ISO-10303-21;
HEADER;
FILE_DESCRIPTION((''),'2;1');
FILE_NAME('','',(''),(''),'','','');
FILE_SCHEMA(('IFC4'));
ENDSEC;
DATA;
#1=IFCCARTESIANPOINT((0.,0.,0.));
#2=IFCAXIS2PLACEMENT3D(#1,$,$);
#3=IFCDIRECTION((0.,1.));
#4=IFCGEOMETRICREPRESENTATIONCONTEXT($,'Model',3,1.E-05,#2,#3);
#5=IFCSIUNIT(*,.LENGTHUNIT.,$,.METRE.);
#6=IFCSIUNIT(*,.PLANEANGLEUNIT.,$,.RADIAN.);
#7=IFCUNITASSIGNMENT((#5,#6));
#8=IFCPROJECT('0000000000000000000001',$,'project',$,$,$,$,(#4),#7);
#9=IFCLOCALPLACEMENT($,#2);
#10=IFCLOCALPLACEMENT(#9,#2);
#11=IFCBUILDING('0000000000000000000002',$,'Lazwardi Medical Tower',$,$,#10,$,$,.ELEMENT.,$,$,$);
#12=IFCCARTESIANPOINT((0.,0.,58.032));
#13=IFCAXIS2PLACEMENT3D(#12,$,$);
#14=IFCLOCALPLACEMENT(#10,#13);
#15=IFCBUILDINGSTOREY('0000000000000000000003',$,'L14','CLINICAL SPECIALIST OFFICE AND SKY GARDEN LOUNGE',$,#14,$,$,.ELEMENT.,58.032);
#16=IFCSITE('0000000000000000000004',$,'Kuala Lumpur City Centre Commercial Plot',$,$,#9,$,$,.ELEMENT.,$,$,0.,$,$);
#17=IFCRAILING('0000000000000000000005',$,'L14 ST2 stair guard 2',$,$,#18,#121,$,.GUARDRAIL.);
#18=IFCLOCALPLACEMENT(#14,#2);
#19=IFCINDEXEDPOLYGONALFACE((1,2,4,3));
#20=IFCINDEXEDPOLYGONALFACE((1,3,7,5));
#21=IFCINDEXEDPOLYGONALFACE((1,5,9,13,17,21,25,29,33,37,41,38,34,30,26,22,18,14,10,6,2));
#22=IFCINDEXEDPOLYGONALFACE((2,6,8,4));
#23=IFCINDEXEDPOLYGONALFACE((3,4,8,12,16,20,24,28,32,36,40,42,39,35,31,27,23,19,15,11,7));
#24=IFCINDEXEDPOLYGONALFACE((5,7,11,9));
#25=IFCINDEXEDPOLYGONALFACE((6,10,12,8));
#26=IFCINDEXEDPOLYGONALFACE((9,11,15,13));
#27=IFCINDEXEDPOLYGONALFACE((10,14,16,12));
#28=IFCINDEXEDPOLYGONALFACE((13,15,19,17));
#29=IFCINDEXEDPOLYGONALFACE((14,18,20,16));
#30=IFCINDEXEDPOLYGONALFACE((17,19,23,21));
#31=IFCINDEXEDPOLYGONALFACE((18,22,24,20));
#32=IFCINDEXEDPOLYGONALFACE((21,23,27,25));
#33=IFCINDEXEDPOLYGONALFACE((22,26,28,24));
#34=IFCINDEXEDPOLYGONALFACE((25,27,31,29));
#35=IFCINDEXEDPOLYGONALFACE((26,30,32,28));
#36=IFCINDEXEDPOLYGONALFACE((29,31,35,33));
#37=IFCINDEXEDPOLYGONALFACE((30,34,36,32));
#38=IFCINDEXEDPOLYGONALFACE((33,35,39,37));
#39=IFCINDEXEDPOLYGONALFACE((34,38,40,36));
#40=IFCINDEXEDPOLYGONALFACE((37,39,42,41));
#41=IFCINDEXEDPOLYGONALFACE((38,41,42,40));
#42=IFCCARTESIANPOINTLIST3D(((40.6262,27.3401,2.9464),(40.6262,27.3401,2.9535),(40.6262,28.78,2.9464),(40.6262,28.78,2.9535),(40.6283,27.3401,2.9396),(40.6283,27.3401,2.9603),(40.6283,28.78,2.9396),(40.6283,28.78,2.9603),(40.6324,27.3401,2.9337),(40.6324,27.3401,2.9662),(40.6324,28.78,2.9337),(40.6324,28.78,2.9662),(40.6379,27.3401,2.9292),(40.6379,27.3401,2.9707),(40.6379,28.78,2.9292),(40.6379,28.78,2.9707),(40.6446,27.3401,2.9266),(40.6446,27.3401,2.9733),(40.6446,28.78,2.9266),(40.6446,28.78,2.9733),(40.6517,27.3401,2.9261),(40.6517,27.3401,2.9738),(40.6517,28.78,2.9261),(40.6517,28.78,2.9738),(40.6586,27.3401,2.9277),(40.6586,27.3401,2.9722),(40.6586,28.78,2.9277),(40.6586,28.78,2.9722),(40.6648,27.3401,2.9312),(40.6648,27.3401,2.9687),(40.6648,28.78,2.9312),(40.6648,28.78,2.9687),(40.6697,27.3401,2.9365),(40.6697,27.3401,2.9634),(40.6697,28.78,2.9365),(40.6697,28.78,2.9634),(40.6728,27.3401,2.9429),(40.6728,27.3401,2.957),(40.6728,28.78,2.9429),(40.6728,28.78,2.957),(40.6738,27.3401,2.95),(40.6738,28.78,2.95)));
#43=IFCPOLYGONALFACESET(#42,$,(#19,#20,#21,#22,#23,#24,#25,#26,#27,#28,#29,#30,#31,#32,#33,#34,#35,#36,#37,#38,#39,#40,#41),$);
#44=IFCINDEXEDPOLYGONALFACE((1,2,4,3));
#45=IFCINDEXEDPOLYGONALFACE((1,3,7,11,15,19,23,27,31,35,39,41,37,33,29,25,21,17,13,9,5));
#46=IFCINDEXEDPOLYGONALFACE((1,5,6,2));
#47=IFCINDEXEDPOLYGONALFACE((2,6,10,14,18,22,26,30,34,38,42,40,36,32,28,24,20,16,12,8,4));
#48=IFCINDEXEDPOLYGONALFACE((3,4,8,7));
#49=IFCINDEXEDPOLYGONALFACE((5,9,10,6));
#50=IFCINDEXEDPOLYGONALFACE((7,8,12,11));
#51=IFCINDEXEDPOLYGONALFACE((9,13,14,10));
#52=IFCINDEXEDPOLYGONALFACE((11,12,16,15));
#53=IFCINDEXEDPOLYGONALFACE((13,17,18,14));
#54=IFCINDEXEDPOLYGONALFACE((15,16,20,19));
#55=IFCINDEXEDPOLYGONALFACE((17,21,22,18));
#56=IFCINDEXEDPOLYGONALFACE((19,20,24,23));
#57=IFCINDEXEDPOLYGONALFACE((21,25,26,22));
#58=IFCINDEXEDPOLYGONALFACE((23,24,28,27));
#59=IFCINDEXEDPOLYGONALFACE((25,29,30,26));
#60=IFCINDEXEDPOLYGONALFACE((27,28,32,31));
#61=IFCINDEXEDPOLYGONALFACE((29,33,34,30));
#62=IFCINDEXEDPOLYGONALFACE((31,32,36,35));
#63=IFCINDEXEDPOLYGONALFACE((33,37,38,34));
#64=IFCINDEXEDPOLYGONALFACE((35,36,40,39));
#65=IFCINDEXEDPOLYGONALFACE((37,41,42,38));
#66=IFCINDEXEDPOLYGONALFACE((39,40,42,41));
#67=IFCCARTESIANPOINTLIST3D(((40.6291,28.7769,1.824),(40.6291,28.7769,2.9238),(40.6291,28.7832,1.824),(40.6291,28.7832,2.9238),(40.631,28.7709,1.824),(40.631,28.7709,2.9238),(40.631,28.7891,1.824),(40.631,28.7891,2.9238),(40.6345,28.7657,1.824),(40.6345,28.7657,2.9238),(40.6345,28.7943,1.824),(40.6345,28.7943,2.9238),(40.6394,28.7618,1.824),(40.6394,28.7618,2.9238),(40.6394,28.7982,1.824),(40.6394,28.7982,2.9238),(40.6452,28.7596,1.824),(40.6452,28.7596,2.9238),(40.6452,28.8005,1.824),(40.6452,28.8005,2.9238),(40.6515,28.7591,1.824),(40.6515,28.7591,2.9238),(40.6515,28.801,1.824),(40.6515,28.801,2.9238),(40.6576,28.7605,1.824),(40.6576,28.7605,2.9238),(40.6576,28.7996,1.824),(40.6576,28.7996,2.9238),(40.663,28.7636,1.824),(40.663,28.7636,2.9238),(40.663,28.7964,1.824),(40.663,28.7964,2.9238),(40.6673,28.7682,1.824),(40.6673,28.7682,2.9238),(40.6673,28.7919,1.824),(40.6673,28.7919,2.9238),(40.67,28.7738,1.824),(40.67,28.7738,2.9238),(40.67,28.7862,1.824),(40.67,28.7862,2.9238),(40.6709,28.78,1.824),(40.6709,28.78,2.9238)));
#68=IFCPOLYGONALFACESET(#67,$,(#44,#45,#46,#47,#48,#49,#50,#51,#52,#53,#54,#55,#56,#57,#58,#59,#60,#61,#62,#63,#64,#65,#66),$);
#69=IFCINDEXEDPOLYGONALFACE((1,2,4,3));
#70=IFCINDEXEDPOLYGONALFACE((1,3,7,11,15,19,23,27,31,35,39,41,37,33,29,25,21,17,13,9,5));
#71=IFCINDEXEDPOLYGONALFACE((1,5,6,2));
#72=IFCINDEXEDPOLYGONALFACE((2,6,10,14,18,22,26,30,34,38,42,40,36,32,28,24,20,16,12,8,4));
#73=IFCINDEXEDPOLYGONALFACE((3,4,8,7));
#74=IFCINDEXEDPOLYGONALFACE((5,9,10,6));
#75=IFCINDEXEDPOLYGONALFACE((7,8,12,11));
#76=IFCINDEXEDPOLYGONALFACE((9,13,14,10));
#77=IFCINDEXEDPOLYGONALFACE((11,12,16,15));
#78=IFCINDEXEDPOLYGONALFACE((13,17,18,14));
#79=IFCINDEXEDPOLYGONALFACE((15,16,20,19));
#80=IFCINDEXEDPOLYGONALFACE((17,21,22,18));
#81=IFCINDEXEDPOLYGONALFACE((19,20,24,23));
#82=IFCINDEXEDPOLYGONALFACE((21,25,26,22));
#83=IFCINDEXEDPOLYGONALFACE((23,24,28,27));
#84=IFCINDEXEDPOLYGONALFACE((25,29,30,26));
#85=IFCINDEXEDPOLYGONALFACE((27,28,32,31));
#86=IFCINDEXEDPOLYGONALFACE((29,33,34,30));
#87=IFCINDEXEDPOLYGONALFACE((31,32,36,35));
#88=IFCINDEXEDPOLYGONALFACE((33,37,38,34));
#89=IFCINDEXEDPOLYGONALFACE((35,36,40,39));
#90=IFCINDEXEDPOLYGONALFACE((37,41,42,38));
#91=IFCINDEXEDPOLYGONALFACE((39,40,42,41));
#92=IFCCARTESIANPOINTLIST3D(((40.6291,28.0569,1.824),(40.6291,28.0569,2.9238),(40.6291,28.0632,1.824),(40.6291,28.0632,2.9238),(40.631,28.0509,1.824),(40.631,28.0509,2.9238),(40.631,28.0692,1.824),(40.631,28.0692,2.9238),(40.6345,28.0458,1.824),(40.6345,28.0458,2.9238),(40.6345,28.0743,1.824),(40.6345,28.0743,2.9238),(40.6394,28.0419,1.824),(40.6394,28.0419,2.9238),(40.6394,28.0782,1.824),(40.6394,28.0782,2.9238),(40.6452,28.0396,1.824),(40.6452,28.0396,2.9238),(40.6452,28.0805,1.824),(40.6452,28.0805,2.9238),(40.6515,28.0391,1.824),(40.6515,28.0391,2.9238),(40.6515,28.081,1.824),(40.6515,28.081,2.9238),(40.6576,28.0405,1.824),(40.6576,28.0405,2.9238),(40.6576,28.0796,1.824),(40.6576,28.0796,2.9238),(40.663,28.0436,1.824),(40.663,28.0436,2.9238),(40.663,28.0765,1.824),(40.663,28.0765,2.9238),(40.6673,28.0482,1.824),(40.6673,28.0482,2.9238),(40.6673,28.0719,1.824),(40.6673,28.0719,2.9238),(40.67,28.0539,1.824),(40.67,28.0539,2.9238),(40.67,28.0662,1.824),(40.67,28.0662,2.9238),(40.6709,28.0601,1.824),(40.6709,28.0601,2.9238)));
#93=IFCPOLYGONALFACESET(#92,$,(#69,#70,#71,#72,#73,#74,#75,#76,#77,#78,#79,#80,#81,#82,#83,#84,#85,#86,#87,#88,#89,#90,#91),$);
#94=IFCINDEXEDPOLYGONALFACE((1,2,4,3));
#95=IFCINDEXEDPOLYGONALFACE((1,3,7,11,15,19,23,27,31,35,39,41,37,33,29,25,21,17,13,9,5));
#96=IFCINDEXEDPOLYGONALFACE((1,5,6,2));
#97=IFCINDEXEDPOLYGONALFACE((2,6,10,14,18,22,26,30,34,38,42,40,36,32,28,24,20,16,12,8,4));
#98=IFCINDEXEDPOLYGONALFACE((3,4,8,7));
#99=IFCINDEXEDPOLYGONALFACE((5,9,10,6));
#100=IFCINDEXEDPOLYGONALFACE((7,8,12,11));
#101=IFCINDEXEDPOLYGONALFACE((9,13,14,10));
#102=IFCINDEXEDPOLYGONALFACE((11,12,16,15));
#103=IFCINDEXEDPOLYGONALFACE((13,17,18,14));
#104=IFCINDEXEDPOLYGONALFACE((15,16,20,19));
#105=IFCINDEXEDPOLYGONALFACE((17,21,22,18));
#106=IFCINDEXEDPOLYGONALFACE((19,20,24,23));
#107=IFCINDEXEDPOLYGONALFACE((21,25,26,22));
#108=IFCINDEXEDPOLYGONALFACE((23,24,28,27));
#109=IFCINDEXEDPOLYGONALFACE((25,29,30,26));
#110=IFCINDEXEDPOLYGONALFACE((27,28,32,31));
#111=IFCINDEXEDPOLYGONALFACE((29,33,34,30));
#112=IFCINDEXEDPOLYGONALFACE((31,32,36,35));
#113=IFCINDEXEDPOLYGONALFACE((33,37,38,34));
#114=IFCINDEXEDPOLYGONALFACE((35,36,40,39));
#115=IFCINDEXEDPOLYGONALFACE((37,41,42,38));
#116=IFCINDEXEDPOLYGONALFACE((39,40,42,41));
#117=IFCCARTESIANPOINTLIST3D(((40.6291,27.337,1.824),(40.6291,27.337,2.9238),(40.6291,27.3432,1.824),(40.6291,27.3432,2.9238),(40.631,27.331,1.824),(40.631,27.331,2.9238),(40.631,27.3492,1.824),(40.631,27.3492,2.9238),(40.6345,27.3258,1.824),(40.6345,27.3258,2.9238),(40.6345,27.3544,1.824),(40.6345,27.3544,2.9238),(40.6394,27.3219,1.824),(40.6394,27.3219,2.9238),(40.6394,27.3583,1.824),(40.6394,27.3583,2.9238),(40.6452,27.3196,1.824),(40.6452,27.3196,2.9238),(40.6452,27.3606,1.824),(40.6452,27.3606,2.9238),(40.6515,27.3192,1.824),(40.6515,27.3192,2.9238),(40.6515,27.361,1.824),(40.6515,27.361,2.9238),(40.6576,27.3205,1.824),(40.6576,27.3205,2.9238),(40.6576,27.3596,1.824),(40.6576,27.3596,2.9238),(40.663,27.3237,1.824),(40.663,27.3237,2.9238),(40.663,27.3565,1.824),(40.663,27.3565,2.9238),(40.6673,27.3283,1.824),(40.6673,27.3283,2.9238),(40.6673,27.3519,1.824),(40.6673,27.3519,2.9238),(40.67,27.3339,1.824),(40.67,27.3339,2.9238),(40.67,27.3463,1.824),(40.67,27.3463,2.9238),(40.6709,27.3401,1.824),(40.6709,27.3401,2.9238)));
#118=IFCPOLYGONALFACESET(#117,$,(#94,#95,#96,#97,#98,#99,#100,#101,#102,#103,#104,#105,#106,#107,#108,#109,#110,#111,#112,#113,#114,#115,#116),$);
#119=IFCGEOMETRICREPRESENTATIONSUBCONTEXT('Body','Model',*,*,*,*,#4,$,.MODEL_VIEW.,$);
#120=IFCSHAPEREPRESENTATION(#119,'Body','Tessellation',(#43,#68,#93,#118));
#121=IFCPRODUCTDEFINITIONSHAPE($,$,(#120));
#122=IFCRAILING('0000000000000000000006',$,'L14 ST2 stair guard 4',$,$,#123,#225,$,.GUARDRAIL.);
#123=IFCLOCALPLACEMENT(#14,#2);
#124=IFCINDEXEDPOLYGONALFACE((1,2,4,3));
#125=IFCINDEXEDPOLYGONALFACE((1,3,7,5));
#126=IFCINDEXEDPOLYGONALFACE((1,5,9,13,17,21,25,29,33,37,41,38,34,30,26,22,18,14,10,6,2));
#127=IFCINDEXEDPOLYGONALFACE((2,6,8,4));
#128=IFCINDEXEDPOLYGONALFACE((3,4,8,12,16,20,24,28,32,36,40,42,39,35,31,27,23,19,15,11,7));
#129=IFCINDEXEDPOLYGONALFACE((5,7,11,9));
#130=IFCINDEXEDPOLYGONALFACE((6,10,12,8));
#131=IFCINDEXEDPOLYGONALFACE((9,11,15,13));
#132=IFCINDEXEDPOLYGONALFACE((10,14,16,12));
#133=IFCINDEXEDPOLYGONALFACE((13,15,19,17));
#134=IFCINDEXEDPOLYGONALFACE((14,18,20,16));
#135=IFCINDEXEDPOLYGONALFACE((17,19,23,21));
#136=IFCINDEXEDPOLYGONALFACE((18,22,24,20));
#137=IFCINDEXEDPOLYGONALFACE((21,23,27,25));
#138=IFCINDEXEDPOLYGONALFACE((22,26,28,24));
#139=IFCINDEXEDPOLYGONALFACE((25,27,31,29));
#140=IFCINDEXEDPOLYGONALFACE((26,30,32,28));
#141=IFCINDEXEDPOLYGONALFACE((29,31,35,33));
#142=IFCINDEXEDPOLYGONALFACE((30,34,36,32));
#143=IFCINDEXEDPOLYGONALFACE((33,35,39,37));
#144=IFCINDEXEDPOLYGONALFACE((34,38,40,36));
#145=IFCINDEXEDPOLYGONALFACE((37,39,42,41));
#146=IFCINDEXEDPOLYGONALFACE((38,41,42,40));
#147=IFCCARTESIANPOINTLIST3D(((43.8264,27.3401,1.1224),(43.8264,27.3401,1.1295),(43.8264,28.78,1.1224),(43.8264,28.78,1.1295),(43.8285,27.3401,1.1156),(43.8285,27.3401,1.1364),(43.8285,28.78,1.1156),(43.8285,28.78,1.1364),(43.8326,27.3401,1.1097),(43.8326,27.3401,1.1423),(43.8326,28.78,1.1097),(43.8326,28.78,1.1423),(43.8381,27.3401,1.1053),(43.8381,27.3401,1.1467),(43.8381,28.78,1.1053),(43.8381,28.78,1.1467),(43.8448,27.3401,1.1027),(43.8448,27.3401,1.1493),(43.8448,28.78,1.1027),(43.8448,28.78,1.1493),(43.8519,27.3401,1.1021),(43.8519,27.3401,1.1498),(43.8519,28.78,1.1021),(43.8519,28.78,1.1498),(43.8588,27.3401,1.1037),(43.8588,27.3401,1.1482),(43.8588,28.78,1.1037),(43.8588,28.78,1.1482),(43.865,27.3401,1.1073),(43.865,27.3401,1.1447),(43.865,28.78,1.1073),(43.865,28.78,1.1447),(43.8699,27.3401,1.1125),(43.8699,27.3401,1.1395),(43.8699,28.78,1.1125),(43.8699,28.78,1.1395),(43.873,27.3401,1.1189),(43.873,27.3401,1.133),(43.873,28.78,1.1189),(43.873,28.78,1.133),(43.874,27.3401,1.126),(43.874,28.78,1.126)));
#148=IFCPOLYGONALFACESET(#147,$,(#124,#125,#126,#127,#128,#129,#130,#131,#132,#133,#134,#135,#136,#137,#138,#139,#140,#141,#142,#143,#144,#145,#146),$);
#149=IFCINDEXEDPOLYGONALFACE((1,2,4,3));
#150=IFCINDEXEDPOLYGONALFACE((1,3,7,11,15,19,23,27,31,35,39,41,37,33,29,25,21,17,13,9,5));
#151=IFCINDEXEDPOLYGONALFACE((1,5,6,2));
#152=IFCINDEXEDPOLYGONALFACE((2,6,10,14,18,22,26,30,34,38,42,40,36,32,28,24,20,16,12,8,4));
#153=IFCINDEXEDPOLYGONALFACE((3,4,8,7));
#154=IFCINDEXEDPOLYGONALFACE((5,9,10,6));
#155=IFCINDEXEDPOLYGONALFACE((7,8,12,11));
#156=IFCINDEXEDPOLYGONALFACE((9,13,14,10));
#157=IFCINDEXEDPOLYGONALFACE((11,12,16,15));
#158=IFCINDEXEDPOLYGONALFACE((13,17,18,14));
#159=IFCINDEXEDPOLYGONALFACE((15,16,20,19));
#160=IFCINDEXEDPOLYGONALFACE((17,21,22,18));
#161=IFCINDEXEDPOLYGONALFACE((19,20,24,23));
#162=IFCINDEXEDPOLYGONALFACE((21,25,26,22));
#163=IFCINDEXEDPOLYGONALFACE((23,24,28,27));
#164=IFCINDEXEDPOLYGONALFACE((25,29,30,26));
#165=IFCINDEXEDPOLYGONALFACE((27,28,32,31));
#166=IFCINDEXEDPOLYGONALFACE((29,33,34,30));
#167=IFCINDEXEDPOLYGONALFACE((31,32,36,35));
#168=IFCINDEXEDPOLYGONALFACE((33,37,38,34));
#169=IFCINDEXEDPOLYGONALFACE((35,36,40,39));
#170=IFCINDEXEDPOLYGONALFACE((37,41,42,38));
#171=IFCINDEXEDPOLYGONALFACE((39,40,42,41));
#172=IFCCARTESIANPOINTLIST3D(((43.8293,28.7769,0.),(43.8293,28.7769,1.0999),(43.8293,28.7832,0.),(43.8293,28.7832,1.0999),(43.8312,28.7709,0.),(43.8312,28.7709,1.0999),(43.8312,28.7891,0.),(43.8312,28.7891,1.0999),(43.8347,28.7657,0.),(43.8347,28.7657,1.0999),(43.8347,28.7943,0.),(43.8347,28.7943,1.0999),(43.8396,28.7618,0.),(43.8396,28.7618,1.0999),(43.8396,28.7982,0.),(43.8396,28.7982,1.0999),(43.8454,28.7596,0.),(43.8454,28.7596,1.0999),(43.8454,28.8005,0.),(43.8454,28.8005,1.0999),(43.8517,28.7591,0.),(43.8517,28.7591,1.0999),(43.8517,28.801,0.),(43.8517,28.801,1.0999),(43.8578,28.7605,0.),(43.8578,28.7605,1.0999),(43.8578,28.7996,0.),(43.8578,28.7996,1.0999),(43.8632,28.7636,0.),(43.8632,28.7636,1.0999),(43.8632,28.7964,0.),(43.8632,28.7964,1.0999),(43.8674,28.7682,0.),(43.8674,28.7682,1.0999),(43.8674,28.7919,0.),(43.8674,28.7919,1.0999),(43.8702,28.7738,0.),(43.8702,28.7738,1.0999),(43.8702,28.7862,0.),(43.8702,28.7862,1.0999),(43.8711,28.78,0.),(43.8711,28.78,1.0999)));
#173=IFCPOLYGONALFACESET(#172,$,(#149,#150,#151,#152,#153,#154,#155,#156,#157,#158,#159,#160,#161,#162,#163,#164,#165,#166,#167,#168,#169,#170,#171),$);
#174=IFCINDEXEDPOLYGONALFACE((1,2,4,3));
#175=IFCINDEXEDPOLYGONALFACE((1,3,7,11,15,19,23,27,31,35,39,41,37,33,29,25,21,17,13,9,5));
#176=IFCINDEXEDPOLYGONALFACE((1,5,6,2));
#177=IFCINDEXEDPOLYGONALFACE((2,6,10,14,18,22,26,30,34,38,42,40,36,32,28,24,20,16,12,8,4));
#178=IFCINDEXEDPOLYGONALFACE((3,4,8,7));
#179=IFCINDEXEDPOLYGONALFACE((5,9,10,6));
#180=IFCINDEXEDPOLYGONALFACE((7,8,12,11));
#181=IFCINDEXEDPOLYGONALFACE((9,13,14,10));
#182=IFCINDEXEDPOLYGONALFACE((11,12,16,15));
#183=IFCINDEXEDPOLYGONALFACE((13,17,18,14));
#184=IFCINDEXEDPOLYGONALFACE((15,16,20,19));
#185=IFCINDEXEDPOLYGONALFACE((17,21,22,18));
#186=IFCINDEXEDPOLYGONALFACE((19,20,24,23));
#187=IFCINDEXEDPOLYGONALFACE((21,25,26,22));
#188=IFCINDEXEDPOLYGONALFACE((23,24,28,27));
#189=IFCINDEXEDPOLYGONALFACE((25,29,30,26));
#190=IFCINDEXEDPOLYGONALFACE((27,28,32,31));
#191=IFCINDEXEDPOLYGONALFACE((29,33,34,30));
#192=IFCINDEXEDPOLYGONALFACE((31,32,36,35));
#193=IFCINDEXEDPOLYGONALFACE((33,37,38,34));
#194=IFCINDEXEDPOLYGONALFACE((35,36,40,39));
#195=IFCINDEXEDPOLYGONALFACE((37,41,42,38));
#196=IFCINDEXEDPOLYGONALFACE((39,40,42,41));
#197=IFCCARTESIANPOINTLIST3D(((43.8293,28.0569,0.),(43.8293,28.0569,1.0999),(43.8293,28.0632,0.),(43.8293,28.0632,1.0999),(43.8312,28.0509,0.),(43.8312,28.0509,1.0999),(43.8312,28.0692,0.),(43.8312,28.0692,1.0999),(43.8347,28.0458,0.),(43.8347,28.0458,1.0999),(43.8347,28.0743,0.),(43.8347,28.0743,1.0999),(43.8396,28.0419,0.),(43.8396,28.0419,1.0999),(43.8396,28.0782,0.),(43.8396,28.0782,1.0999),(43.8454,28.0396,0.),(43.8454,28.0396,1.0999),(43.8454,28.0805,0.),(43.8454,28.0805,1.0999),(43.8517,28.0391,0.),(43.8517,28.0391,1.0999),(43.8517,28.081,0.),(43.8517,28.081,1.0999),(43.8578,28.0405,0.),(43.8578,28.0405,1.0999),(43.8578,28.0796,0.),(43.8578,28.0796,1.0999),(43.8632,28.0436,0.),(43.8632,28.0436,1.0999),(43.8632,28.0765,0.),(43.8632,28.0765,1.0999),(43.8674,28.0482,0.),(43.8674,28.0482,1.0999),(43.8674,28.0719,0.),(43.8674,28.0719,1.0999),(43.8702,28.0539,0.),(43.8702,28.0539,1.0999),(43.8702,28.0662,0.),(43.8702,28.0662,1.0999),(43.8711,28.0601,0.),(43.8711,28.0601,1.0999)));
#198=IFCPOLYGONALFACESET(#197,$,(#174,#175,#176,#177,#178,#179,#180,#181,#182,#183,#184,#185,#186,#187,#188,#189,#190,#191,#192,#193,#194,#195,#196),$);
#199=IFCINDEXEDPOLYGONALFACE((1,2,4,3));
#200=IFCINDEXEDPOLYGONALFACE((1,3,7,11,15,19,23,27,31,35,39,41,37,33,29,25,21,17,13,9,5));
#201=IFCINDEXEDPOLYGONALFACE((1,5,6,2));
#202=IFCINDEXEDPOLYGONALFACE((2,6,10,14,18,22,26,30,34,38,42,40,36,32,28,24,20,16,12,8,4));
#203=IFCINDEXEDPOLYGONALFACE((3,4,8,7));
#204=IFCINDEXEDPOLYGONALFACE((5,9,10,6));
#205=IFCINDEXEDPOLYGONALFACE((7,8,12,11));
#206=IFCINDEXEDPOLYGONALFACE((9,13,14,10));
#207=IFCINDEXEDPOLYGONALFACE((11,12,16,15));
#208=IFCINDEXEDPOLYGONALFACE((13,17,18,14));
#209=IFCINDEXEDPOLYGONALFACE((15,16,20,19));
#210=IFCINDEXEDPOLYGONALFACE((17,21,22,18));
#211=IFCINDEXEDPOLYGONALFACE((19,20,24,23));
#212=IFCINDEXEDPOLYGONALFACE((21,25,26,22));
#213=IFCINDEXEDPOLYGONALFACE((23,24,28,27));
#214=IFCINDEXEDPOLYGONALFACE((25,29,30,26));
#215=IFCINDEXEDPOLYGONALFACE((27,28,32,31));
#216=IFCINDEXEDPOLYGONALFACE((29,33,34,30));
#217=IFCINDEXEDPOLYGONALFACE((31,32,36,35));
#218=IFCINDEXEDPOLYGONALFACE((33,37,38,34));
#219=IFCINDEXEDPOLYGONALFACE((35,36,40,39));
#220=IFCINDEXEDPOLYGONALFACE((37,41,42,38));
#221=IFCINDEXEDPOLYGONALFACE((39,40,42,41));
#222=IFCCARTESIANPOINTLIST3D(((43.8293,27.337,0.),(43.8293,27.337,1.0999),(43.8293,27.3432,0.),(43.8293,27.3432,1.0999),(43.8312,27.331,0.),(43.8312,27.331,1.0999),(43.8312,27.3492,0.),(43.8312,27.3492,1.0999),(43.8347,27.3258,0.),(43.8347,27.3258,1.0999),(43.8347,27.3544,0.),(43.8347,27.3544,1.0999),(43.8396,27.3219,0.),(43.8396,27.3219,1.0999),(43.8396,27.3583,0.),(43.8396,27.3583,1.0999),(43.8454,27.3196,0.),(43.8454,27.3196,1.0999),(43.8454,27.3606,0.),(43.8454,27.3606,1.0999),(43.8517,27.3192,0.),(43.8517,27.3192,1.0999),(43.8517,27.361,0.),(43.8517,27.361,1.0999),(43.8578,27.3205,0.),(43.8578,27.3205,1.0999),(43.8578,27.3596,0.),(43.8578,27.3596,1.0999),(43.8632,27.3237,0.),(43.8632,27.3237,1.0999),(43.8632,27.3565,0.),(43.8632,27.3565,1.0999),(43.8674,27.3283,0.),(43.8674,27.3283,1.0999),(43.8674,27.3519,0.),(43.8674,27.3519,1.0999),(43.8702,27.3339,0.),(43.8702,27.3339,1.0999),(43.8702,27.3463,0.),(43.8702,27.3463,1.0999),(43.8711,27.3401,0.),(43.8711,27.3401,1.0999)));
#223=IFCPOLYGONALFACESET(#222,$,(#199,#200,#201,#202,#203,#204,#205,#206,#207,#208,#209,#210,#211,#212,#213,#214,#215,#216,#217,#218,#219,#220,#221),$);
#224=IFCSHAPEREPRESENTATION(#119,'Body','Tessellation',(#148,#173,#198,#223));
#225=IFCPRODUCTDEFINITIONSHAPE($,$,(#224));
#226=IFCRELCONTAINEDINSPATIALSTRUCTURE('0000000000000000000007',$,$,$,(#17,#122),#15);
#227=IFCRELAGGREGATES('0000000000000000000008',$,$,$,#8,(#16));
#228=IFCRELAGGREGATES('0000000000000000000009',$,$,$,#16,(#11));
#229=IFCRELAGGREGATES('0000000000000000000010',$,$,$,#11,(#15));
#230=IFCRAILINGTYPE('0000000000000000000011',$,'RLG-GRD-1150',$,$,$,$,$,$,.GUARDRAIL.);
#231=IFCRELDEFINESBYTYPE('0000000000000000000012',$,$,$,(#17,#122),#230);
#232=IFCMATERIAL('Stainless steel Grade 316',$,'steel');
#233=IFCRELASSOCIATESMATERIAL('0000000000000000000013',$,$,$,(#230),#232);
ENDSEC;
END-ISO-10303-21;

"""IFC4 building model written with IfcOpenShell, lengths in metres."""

from ifc_helpers import new_model, si_unit, direction, frame, origin, origin_2d, place, context, subcontext, project, spatial, circle, extrude, material, type_object, element, save


model = new_model("IFC4")

# Units and contexts
model_context = context("Model", 3, precision=1e-05, world=origin(), true_north=direction((0.0, 1.0)))
body_context = subcontext(model_context, "Body", "Model", "MODEL_VIEW")
ifc_project = project(units=[si_unit("LENGTHUNIT", "METRE"), si_unit("PLANEANGLEUNIT", "RADIAN")], contexts=[model_context])

# Site, building, storey
site_placement = place(None, origin())
site = spatial("IfcSite", under=ifc_project, at=site_placement, Name="Kuala Lumpur City Centre Commercial Plot", CompositionType="ELEMENT", RefElevation=0.0)
building_placement = place(site_placement, origin())
building = spatial("IfcBuilding", under=site, at=building_placement, Name="Lazwardi Medical Tower", CompositionType="ELEMENT")
storey_placement = place(building_placement, frame((0.0, 0.0, 58.032)))
storey = spatial("IfcBuildingStorey", under=building, at=storey_placement, Name="L14", Description="CLINICAL SPECIALIST OFFICE AND SKY GARDEN LOUNGE", CompositionType="ELEMENT", Elevation=58.032)

# Railings
ifc_material_1 = material(Name="Stainless steel Grade 316", Category="steel")
railing_type_1 = type_object("IfcRailingType", Name="RLG-GRD-1150", PredefinedType="GUARDRAIL", material=ifc_material_1)
for number, where, name in (
    (1, (40.6499, 28.78, 1.824), "L14 ST2 stair guard 2"),
    (2, (43.8501, 28.78, 0.0), "L14 ST2 stair guard 4"),
):
    element("IfcRailing", number, at=place(storey_placement, frame(where)), inside=storey, type_object=railing_type_1, Name=name, PredefinedType="GUARDRAIL", context=body_context, shape_type="SweptSolid", body=[
        extrude(circle(Radius=0.0239, at=origin_2d()), frame((0.0, 0.0, 1.126), z_axis=(0.0, -1.0, 0.0), x_axis=(1.0, 0.0, 0.0)), (0.0, 0.0, 1.0), 1.4399),
        extrude(circle(Radius=0.021, at=origin_2d()), origin(), (0.0, 0.0, 1.0), 1.0999),
        extrude(circle(Radius=0.021, at=origin_2d()), frame((0.0, -0.72, 0.0)), (0.0, 0.0, 1.0), 1.0999),
        extrude(circle(Radius=0.021, at=origin_2d()), frame((0.0, -1.4399, 0.0)), (0.0, 0.0, 1.0), 1.0999),
    ])

save(model, "model.ifc")
